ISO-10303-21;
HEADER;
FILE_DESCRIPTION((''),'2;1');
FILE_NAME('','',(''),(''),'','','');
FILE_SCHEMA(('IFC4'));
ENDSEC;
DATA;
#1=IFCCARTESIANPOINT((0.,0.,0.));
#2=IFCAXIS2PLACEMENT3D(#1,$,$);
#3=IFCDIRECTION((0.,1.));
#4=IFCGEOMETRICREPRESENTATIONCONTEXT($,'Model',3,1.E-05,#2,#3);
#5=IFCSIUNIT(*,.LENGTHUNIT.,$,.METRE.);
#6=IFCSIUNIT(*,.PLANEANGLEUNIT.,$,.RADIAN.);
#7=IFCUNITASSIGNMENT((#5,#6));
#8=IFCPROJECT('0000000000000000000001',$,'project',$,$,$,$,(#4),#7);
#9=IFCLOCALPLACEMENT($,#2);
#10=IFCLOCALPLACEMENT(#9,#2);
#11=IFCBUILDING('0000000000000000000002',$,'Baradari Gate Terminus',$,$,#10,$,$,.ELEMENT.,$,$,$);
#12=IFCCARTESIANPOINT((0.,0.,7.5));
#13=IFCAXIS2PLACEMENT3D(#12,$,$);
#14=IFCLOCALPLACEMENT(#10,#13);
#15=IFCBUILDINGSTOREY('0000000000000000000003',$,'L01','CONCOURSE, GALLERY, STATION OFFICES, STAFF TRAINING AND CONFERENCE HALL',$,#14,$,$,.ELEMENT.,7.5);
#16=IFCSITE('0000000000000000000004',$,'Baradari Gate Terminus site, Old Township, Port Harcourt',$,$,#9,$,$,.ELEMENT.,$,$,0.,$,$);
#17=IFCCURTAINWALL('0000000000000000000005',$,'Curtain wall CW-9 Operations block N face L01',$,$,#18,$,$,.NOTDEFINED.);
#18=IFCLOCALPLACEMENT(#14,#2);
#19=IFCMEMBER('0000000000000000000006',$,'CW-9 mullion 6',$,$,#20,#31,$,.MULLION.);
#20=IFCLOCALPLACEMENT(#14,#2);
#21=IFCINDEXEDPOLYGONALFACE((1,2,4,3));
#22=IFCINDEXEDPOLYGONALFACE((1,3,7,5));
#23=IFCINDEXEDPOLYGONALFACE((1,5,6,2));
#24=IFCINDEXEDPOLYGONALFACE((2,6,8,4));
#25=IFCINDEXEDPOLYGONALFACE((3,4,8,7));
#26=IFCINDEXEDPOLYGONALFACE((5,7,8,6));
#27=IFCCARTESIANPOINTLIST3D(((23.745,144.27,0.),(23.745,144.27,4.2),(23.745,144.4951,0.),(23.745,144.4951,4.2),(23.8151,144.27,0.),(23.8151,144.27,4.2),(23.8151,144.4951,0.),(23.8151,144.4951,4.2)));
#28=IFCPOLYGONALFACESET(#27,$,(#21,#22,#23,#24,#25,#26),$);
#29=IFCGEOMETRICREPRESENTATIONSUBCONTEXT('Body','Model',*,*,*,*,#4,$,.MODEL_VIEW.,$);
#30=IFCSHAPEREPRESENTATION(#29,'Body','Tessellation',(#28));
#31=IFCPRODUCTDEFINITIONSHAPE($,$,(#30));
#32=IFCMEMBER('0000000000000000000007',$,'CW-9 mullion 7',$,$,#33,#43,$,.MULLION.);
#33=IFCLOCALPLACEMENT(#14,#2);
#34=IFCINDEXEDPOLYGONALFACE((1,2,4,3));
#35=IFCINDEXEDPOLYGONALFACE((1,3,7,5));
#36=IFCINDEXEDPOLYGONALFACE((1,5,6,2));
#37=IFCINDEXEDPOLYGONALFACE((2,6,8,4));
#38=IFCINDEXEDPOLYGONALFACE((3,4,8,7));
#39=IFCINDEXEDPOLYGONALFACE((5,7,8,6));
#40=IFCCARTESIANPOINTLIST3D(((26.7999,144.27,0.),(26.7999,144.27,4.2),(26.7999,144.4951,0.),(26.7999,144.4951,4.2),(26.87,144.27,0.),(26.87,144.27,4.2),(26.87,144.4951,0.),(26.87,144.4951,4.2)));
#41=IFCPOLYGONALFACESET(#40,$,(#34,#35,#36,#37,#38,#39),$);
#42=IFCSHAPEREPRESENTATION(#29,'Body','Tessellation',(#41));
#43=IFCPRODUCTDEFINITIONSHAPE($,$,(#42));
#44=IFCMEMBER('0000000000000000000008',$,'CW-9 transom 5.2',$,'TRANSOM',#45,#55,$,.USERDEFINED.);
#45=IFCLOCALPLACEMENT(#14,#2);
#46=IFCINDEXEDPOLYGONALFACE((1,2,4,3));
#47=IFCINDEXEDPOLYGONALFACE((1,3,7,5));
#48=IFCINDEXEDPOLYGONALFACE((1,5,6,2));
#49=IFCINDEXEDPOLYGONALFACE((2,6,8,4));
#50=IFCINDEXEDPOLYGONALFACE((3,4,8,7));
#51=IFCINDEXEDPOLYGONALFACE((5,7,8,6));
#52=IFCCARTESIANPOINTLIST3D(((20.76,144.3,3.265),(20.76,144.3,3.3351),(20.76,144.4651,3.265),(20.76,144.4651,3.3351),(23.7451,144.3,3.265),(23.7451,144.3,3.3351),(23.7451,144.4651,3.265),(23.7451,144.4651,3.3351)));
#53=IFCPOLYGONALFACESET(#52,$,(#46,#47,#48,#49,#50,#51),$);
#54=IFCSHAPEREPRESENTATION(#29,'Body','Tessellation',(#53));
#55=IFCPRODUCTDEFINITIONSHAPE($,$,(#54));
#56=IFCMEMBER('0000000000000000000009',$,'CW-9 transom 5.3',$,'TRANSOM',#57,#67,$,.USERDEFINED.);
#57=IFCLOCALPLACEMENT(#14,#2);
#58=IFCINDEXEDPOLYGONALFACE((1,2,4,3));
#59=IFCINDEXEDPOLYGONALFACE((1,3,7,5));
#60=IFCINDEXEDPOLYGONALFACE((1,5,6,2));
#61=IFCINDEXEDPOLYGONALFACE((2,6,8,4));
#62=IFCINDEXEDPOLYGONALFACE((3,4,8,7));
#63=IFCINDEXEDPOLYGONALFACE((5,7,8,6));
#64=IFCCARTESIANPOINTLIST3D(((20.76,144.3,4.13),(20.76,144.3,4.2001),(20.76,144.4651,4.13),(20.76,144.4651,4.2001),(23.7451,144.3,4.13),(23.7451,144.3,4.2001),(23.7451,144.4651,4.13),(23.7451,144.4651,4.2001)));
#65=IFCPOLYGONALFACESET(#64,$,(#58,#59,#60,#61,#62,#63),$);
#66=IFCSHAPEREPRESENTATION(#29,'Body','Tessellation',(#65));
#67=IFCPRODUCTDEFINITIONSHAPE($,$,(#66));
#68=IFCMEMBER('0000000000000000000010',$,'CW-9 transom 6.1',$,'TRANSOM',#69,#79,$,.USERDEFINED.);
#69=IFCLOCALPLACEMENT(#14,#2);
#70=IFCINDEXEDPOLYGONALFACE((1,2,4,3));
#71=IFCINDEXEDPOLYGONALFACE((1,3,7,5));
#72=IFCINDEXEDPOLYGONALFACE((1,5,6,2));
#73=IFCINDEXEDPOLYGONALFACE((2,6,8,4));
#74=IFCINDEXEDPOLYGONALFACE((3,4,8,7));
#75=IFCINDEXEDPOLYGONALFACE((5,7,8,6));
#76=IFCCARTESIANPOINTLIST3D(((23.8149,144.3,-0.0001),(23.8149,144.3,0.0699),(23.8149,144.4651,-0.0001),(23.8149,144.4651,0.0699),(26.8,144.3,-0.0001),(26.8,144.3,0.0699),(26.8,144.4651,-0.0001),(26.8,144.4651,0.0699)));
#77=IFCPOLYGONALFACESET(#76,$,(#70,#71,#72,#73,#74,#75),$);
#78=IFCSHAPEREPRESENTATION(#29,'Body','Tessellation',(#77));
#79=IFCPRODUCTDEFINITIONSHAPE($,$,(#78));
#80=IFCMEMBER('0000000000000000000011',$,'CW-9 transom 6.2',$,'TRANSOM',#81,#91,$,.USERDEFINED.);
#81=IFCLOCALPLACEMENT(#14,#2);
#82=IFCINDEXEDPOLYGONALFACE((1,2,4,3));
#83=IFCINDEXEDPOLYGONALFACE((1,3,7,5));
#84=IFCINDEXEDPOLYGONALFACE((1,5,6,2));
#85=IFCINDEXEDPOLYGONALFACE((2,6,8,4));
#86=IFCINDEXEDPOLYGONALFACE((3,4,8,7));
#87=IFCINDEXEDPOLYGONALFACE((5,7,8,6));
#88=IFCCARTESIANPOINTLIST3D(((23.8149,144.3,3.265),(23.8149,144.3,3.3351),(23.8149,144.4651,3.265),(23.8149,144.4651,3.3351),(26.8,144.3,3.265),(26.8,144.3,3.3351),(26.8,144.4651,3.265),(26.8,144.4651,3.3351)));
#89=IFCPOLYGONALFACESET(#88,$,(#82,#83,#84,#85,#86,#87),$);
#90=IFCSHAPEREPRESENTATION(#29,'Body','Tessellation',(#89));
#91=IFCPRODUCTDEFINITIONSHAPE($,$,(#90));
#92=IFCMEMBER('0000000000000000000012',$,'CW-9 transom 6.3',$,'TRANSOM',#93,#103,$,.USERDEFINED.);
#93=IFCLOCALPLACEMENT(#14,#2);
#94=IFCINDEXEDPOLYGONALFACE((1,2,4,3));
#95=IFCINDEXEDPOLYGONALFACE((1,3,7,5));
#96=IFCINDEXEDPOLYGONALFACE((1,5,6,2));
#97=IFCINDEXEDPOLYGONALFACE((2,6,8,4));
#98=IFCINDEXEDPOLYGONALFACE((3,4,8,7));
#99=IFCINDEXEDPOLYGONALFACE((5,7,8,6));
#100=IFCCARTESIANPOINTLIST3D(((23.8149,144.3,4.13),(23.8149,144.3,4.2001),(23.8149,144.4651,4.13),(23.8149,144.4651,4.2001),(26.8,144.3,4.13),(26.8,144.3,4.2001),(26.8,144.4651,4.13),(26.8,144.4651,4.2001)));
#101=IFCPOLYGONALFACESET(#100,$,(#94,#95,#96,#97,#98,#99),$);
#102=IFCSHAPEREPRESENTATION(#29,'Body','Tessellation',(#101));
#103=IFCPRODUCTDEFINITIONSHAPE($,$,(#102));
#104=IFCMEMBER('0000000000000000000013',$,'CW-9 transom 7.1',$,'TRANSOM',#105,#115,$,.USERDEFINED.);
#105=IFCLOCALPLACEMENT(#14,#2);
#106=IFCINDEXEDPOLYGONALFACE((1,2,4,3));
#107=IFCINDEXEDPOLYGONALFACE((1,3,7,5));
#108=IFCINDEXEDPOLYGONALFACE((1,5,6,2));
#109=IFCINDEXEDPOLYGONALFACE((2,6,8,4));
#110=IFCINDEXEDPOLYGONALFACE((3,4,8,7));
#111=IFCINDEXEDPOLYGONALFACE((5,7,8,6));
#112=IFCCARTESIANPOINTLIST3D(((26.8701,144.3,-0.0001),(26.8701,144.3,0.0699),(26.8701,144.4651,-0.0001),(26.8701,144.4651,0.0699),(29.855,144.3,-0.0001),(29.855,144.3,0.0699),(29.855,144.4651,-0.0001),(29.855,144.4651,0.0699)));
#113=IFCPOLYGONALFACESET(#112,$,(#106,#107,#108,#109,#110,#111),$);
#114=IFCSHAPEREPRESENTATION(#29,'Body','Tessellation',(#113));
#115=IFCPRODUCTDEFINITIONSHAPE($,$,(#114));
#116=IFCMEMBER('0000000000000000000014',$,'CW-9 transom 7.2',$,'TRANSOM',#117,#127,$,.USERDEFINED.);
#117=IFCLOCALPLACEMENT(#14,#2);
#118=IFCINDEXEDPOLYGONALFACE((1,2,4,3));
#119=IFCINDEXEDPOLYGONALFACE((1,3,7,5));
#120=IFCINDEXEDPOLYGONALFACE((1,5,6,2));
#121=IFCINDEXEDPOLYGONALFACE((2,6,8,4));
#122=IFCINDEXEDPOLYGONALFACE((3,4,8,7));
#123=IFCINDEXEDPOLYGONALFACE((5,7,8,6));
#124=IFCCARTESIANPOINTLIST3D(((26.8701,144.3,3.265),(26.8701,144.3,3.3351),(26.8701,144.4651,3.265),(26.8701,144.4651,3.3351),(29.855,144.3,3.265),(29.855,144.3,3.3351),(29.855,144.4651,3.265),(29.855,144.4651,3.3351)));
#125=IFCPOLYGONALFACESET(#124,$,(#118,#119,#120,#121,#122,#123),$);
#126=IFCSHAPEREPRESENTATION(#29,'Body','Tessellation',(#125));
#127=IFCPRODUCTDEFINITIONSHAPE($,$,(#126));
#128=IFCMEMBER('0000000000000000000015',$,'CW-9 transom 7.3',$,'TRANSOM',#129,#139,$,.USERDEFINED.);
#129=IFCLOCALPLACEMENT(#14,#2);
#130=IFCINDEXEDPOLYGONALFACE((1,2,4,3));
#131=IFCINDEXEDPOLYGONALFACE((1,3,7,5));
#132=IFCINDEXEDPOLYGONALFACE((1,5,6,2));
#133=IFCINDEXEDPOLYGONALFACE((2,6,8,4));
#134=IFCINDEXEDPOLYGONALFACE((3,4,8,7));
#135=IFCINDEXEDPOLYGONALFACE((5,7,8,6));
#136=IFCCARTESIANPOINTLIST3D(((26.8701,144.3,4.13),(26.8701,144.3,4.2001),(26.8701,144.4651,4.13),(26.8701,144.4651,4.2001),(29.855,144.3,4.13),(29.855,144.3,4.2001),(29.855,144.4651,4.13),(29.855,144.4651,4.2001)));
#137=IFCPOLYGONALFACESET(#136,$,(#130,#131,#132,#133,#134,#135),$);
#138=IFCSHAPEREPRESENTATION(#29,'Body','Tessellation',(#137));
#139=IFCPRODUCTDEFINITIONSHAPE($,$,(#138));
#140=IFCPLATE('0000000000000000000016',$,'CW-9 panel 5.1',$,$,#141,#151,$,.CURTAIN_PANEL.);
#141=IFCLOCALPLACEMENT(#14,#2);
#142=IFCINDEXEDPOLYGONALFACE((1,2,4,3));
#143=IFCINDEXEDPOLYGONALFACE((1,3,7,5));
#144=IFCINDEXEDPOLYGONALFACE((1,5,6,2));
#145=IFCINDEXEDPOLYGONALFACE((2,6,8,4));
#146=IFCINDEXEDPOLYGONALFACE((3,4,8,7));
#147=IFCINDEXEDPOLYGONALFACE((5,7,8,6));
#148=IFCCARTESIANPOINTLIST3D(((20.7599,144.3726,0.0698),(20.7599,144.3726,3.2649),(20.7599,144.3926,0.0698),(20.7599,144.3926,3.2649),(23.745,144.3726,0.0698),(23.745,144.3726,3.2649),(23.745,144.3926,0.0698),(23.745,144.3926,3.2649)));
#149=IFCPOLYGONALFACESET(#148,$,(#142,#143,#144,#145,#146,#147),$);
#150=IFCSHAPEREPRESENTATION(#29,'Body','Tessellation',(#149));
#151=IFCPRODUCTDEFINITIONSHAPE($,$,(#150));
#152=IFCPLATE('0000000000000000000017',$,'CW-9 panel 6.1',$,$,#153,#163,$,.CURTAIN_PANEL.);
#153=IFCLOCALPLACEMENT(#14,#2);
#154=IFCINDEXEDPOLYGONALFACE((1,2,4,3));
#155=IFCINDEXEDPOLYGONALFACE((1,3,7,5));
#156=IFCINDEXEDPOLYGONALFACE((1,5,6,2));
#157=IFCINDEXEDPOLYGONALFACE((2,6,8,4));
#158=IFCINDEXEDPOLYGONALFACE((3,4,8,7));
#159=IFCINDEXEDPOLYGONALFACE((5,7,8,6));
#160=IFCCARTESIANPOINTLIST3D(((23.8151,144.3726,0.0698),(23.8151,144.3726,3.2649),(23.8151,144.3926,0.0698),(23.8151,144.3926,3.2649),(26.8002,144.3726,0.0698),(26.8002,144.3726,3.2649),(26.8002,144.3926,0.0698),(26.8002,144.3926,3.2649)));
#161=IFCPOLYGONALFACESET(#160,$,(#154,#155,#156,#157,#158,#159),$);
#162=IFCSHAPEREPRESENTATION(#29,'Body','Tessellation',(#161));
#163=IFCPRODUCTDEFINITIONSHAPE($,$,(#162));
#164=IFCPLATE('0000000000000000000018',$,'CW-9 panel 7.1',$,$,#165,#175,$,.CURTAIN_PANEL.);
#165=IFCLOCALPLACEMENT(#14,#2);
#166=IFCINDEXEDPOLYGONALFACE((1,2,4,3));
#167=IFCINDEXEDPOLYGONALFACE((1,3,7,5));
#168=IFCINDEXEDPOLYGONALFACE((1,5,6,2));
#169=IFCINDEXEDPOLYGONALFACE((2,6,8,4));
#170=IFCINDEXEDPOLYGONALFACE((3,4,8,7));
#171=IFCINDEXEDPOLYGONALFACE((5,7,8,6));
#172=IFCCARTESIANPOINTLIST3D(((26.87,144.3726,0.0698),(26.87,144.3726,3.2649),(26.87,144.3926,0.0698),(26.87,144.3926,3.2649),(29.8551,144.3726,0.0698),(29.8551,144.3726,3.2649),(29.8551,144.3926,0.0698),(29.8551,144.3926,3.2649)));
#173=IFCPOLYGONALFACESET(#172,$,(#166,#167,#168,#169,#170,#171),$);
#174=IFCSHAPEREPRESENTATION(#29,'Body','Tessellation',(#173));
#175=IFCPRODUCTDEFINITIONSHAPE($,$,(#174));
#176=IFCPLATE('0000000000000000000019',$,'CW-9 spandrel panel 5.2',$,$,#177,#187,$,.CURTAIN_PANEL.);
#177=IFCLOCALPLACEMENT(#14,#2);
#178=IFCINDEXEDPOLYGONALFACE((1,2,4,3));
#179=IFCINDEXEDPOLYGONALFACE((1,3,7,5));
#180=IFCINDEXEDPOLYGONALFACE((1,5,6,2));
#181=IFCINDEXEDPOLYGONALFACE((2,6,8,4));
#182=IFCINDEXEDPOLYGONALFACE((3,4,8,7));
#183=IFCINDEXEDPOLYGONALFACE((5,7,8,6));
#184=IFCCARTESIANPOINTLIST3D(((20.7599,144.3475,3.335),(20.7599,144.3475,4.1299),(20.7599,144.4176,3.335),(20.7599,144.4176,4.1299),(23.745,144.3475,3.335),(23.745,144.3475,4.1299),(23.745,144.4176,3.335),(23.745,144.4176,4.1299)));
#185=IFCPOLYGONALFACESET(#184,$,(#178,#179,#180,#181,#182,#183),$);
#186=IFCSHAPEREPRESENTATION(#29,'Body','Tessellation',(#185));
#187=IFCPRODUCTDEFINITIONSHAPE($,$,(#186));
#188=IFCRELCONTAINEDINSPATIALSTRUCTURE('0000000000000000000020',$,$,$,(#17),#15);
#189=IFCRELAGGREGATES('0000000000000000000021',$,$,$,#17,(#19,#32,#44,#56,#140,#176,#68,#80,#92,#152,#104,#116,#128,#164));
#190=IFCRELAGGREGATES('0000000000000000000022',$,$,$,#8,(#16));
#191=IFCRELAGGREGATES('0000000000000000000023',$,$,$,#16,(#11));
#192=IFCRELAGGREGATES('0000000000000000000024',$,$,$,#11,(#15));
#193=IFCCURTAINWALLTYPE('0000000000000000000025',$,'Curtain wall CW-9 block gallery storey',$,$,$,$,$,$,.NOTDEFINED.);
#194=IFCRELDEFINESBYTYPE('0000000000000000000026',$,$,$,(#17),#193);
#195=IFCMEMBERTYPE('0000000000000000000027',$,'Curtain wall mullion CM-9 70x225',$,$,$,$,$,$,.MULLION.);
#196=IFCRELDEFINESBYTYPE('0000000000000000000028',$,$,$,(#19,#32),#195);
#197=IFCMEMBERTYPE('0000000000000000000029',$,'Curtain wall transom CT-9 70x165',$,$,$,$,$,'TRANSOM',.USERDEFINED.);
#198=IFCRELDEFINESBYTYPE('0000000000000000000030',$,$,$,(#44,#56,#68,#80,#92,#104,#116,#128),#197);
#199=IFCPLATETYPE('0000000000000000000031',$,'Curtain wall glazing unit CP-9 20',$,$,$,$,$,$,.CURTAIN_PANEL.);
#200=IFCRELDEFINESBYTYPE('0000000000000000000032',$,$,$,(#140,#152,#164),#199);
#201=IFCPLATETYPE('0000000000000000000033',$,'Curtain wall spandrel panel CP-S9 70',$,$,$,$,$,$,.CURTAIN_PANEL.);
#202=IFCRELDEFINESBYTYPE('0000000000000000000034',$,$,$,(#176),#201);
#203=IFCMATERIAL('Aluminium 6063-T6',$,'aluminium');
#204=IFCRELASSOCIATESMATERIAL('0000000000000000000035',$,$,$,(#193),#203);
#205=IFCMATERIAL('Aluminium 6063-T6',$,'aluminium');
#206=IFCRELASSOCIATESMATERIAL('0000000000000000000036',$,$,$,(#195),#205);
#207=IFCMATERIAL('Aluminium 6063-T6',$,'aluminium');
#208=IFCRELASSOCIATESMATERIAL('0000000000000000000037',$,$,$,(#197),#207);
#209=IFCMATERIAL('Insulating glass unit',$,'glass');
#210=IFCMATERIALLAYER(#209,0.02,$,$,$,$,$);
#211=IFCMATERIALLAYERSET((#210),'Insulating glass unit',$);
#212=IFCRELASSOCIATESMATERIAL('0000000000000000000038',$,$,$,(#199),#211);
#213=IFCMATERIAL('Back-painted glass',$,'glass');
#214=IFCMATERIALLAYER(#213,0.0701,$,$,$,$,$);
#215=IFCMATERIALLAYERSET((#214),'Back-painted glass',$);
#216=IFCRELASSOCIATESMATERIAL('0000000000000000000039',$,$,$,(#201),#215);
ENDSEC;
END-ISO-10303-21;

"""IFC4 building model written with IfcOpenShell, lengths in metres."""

from ifc_helpers import new_model, si_unit, direction, frame, origin, origin_2d, place, context, subcontext, project, spatial, rectangle, extrude, material, layer, layer_set, material_profile, profile_set, type_object, element, aggregate, save


model = new_model("IFC4")

# Units and contexts
model_context = context("Model", 3, precision=1e-05, world=origin(), true_north=direction((0.0, 1.0)))
body_context = subcontext(model_context, "Body", "Model", "MODEL_VIEW")
ifc_project = project(units=[si_unit("LENGTHUNIT", "METRE"), si_unit("PLANEANGLEUNIT", "RADIAN")], contexts=[model_context])

# Site, building, storey
site_placement = place(None, origin())
site = spatial("IfcSite", under=ifc_project, at=site_placement, Name="Baradari Gate Terminus site, Old Township, Port Harcourt", CompositionType="ELEMENT", RefElevation=0.0)
building_placement = place(site_placement, origin())
building = spatial("IfcBuilding", under=site, at=building_placement, Name="Baradari Gate Terminus", CompositionType="ELEMENT")
storey_placement = place(building_placement, frame((0.0, 0.0, 7.5)))
storey = spatial("IfcBuildingStorey", under=building, at=storey_placement, Name="L01", Description="CONCOURSE, GALLERY, STATION OFFICES, STAFF TRAINING AND CONFERENCE HALL", CompositionType="ELEMENT", Elevation=7.5)

# Curtain wall, members, plates
ifc_material_1 = material(Name="Aluminium 6063-T6", Category="aluminium")
curtain_wall_type = type_object("IfcCurtainWallType", Name="Curtain wall CW-9 block gallery storey", PredefinedType="NOTDEFINED", material=ifc_material_1)
curtain_wall_placement = place(storey_placement, origin())
curtain_wall = element("IfcCurtainWall", 1, at=curtain_wall_placement, inside=storey, type_object=curtain_wall_type, Name="Curtain wall CW-9 Operations block N face L01", PredefinedType="NOTDEFINED")
ifc_material_2 = material(Name="Aluminium 6063-T6", Category="aluminium")
ifc_material_profile_1 = material_profile(ifc_material_2, rectangle(XDim=0.2251, YDim=0.0701, at=origin_2d()), Name="CM-9 70X225")
ifc_profile_set_1 = profile_set([ifc_material_profile_1], Name="Aluminium 6063-T6")
member_type_1 = type_object("IfcMemberType", Name="Curtain wall mullion CM-9 70x225", PredefinedType="MULLION", material=ifc_profile_set_1)
member_1_placement = place(storey_placement, frame((23.78, 144.3826, 0.0), z_axis=(0.0, 0.0, 1.0), x_axis=(0.0, 1.0, 0.0)))
member_1 = element("IfcMember", 2, at=member_1_placement, type_object=member_type_1, Name="CW-9 mullion 6", PredefinedType="MULLION", context=body_context, shape_type="SweptSolid", body=[
    extrude(rectangle(XDim=0.2251, YDim=0.0701, at=origin_2d()), origin(), (0.0, 0.0, 1.0), 4.2),
])
member_2_placement = place(storey_placement, frame((26.835, 144.3826, 0.0), z_axis=(0.0, 0.0, 1.0), x_axis=(0.0, 1.0, 0.0)))
member_2 = element("IfcMember", 3, at=member_2_placement, type_object=member_type_1, Name="CW-9 mullion 7", PredefinedType="MULLION", context=body_context, shape_type="SweptSolid", body=[
    extrude(rectangle(XDim=0.2251, YDim=0.0701, at=origin_2d()), origin(), (0.0, 0.0, 1.0), 4.2),
])
ifc_material_3 = material(Name="Aluminium 6063-T6", Category="aluminium")
ifc_material_profile_2 = material_profile(ifc_material_3, rectangle(XDim=0.165, YDim=0.0701, at=origin_2d()), Name="CT-9 70X165")
ifc_profile_set_2 = profile_set([ifc_material_profile_2], Name="Aluminium 6063-T6")
member_type_2 = type_object("IfcMemberType", Name="Curtain wall transom CT-9 70x165", ElementType="TRANSOM", PredefinedType="USERDEFINED", material=ifc_profile_set_2)
member_3_placement = place(storey_placement, frame((20.76, 144.3826, 3.3), z_axis=(1.0, 0.0, 0.0), x_axis=(0.0, 1.0, 0.0)))
member_3 = element("IfcMember", 4, at=member_3_placement, type_object=member_type_2, Name="CW-9 transom 5.2", ObjectType="TRANSOM", PredefinedType="USERDEFINED", context=body_context, shape_type="SweptSolid", body=[
    extrude(rectangle(XDim=0.165, YDim=0.0701, at=origin_2d()), origin(), (0.0, 0.0, 1.0), 2.9851),
])
member_4_placement = place(storey_placement, frame((20.76, 144.3826, 4.165), z_axis=(1.0, 0.0, 0.0), x_axis=(0.0, 1.0, 0.0)))
member_4 = element("IfcMember", 5, at=member_4_placement, type_object=member_type_2, Name="CW-9 transom 5.3", ObjectType="TRANSOM", PredefinedType="USERDEFINED", context=body_context, shape_type="SweptSolid", body=[
    extrude(rectangle(XDim=0.165, YDim=0.0701, at=origin_2d()), origin(), (0.0, 0.0, 1.0), 2.9851),
])
member_5_placement = place(storey_placement, frame((23.8149, 144.3826, 0.0349), z_axis=(1.0, 0.0, 0.0), x_axis=(0.0, 1.0, 0.0)))
member_5 = element("IfcMember", 6, at=member_5_placement, type_object=member_type_2, Name="CW-9 transom 6.1", ObjectType="TRANSOM", PredefinedType="USERDEFINED", context=body_context, shape_type="SweptSolid", body=[
    extrude(rectangle(XDim=0.165, YDim=0.0701, at=origin_2d()), origin(), (0.0, 0.0, 1.0), 2.9851),
])
member_6_placement = place(storey_placement, frame((23.8149, 144.3826, 3.3), z_axis=(1.0, 0.0, 0.0), x_axis=(0.0, 1.0, 0.0)))
member_6 = element("IfcMember", 7, at=member_6_placement, type_object=member_type_2, Name="CW-9 transom 6.2", ObjectType="TRANSOM", PredefinedType="USERDEFINED", context=body_context, shape_type="SweptSolid", body=[
    extrude(rectangle(XDim=0.165, YDim=0.0701, at=origin_2d()), origin(), (0.0, 0.0, 1.0), 2.9851),
])
member_7_placement = place(storey_placement, frame((23.8149, 144.3826, 4.165), z_axis=(1.0, 0.0, 0.0), x_axis=(0.0, 1.0, 0.0)))
member_7 = element("IfcMember", 8, at=member_7_placement, type_object=member_type_2, Name="CW-9 transom 6.3", ObjectType="TRANSOM", PredefinedType="USERDEFINED", context=body_context, shape_type="SweptSolid", body=[
    extrude(rectangle(XDim=0.165, YDim=0.0701, at=origin_2d()), origin(), (0.0, 0.0, 1.0), 2.9851),
])
member_8_placement = place(storey_placement, frame((26.8701, 144.3826, 0.0349), z_axis=(1.0, 0.0, 0.0), x_axis=(0.0, 1.0, 0.0)))
member_8 = element("IfcMember", 9, at=member_8_placement, type_object=member_type_2, Name="CW-9 transom 7.1", ObjectType="TRANSOM", PredefinedType="USERDEFINED", context=body_context, shape_type="SweptSolid", body=[
    extrude(rectangle(XDim=0.165, YDim=0.0701, at=origin_2d()), origin(), (0.0, 0.0, 1.0), 2.9849),
])
member_9_placement = place(storey_placement, frame((26.8701, 144.3826, 3.3), z_axis=(1.0, 0.0, 0.0), x_axis=(0.0, 1.0, 0.0)))
member_9 = element("IfcMember", 10, at=member_9_placement, type_object=member_type_2, Name="CW-9 transom 7.2", ObjectType="TRANSOM", PredefinedType="USERDEFINED", context=body_context, shape_type="SweptSolid", body=[
    extrude(rectangle(XDim=0.165, YDim=0.0701, at=origin_2d()), origin(), (0.0, 0.0, 1.0), 2.9849),
])
member_10_placement = place(storey_placement, frame((26.8701, 144.3826, 4.165), z_axis=(1.0, 0.0, 0.0), x_axis=(0.0, 1.0, 0.0)))
member_10 = element("IfcMember", 11, at=member_10_placement, type_object=member_type_2, Name="CW-9 transom 7.3", ObjectType="TRANSOM", PredefinedType="USERDEFINED", context=body_context, shape_type="SweptSolid", body=[
    extrude(rectangle(XDim=0.165, YDim=0.0701, at=origin_2d()), origin(), (0.0, 0.0, 1.0), 2.9849),
])
ifc_material_4 = material(Name="Insulating glass unit", Category="glass")
ifc_layer_1 = layer(ifc_material_4, 0.02)
ifc_layer_set_1 = layer_set([ifc_layer_1], Name="Insulating glass unit")
plate_type_1 = type_object("IfcPlateType", Name="Curtain wall glazing unit CP-9 20", PredefinedType="CURTAIN_PANEL", material=ifc_layer_set_1)
plate_1_placement = place(storey_placement, frame((22.2524, 144.3826, 0.0698), z_axis=(0.0, 0.0, 1.0), x_axis=(1.0, 0.0, 0.0)))
plate_1 = element("IfcPlate", 12, at=plate_1_placement, type_object=plate_type_1, Name="CW-9 panel 5.1", PredefinedType="CURTAIN_PANEL", context=body_context, shape_type="SweptSolid", body=[
    extrude(rectangle(XDim=2.9851, YDim=0.02, at=origin_2d()), origin(), (0.0, 0.0, 1.0), 3.1951),
])
plate_2_placement = place(storey_placement, frame((25.3076, 144.3826, 0.0698), z_axis=(0.0, 0.0, 1.0), x_axis=(1.0, 0.0, 0.0)))
plate_2 = element("IfcPlate", 13, at=plate_2_placement, type_object=plate_type_1, Name="CW-9 panel 6.1", PredefinedType="CURTAIN_PANEL", context=body_context, shape_type="SweptSolid", body=[
    extrude(rectangle(XDim=2.9851, YDim=0.02, at=origin_2d()), origin(), (0.0, 0.0, 1.0), 3.1951),
])
plate_3_placement = place(storey_placement, frame((28.3625, 144.3826, 0.0698), z_axis=(0.0, 0.0, 1.0), x_axis=(1.0, 0.0, 0.0)))
plate_3 = element("IfcPlate", 14, at=plate_3_placement, type_object=plate_type_1, Name="CW-9 panel 7.1", PredefinedType="CURTAIN_PANEL", context=body_context, shape_type="SweptSolid", body=[
    extrude(rectangle(XDim=2.9851, YDim=0.02, at=origin_2d()), origin(), (0.0, 0.0, 1.0), 3.1951),
])
ifc_material_5 = material(Name="Back-painted glass", Category="glass")
ifc_layer_2 = layer(ifc_material_5, 0.0701)
ifc_layer_set_2 = layer_set([ifc_layer_2], Name="Back-painted glass")
plate_type_2 = type_object("IfcPlateType", Name="Curtain wall spandrel panel CP-S9 70", PredefinedType="CURTAIN_PANEL", material=ifc_layer_set_2)
plate_4_placement = place(storey_placement, frame((22.2524, 144.3826, 3.335), z_axis=(0.0, 0.0, 1.0), x_axis=(1.0, 0.0, 0.0)))
plate_4 = element("IfcPlate", 15, at=plate_4_placement, type_object=plate_type_2, Name="CW-9 spandrel panel 5.2", PredefinedType="CURTAIN_PANEL", context=body_context, shape_type="SweptSolid", body=[
    extrude(rectangle(XDim=2.9851, YDim=0.0701, at=origin_2d()), origin(), (0.0, 0.0, 1.0), 0.7949),
])
aggregate(curtain_wall, [member_1, member_2, member_3, member_4, plate_1, plate_4, member_5, member_6, member_7, plate_2, member_8, member_9, member_10, plate_3])

save(model, "model.ifc")
